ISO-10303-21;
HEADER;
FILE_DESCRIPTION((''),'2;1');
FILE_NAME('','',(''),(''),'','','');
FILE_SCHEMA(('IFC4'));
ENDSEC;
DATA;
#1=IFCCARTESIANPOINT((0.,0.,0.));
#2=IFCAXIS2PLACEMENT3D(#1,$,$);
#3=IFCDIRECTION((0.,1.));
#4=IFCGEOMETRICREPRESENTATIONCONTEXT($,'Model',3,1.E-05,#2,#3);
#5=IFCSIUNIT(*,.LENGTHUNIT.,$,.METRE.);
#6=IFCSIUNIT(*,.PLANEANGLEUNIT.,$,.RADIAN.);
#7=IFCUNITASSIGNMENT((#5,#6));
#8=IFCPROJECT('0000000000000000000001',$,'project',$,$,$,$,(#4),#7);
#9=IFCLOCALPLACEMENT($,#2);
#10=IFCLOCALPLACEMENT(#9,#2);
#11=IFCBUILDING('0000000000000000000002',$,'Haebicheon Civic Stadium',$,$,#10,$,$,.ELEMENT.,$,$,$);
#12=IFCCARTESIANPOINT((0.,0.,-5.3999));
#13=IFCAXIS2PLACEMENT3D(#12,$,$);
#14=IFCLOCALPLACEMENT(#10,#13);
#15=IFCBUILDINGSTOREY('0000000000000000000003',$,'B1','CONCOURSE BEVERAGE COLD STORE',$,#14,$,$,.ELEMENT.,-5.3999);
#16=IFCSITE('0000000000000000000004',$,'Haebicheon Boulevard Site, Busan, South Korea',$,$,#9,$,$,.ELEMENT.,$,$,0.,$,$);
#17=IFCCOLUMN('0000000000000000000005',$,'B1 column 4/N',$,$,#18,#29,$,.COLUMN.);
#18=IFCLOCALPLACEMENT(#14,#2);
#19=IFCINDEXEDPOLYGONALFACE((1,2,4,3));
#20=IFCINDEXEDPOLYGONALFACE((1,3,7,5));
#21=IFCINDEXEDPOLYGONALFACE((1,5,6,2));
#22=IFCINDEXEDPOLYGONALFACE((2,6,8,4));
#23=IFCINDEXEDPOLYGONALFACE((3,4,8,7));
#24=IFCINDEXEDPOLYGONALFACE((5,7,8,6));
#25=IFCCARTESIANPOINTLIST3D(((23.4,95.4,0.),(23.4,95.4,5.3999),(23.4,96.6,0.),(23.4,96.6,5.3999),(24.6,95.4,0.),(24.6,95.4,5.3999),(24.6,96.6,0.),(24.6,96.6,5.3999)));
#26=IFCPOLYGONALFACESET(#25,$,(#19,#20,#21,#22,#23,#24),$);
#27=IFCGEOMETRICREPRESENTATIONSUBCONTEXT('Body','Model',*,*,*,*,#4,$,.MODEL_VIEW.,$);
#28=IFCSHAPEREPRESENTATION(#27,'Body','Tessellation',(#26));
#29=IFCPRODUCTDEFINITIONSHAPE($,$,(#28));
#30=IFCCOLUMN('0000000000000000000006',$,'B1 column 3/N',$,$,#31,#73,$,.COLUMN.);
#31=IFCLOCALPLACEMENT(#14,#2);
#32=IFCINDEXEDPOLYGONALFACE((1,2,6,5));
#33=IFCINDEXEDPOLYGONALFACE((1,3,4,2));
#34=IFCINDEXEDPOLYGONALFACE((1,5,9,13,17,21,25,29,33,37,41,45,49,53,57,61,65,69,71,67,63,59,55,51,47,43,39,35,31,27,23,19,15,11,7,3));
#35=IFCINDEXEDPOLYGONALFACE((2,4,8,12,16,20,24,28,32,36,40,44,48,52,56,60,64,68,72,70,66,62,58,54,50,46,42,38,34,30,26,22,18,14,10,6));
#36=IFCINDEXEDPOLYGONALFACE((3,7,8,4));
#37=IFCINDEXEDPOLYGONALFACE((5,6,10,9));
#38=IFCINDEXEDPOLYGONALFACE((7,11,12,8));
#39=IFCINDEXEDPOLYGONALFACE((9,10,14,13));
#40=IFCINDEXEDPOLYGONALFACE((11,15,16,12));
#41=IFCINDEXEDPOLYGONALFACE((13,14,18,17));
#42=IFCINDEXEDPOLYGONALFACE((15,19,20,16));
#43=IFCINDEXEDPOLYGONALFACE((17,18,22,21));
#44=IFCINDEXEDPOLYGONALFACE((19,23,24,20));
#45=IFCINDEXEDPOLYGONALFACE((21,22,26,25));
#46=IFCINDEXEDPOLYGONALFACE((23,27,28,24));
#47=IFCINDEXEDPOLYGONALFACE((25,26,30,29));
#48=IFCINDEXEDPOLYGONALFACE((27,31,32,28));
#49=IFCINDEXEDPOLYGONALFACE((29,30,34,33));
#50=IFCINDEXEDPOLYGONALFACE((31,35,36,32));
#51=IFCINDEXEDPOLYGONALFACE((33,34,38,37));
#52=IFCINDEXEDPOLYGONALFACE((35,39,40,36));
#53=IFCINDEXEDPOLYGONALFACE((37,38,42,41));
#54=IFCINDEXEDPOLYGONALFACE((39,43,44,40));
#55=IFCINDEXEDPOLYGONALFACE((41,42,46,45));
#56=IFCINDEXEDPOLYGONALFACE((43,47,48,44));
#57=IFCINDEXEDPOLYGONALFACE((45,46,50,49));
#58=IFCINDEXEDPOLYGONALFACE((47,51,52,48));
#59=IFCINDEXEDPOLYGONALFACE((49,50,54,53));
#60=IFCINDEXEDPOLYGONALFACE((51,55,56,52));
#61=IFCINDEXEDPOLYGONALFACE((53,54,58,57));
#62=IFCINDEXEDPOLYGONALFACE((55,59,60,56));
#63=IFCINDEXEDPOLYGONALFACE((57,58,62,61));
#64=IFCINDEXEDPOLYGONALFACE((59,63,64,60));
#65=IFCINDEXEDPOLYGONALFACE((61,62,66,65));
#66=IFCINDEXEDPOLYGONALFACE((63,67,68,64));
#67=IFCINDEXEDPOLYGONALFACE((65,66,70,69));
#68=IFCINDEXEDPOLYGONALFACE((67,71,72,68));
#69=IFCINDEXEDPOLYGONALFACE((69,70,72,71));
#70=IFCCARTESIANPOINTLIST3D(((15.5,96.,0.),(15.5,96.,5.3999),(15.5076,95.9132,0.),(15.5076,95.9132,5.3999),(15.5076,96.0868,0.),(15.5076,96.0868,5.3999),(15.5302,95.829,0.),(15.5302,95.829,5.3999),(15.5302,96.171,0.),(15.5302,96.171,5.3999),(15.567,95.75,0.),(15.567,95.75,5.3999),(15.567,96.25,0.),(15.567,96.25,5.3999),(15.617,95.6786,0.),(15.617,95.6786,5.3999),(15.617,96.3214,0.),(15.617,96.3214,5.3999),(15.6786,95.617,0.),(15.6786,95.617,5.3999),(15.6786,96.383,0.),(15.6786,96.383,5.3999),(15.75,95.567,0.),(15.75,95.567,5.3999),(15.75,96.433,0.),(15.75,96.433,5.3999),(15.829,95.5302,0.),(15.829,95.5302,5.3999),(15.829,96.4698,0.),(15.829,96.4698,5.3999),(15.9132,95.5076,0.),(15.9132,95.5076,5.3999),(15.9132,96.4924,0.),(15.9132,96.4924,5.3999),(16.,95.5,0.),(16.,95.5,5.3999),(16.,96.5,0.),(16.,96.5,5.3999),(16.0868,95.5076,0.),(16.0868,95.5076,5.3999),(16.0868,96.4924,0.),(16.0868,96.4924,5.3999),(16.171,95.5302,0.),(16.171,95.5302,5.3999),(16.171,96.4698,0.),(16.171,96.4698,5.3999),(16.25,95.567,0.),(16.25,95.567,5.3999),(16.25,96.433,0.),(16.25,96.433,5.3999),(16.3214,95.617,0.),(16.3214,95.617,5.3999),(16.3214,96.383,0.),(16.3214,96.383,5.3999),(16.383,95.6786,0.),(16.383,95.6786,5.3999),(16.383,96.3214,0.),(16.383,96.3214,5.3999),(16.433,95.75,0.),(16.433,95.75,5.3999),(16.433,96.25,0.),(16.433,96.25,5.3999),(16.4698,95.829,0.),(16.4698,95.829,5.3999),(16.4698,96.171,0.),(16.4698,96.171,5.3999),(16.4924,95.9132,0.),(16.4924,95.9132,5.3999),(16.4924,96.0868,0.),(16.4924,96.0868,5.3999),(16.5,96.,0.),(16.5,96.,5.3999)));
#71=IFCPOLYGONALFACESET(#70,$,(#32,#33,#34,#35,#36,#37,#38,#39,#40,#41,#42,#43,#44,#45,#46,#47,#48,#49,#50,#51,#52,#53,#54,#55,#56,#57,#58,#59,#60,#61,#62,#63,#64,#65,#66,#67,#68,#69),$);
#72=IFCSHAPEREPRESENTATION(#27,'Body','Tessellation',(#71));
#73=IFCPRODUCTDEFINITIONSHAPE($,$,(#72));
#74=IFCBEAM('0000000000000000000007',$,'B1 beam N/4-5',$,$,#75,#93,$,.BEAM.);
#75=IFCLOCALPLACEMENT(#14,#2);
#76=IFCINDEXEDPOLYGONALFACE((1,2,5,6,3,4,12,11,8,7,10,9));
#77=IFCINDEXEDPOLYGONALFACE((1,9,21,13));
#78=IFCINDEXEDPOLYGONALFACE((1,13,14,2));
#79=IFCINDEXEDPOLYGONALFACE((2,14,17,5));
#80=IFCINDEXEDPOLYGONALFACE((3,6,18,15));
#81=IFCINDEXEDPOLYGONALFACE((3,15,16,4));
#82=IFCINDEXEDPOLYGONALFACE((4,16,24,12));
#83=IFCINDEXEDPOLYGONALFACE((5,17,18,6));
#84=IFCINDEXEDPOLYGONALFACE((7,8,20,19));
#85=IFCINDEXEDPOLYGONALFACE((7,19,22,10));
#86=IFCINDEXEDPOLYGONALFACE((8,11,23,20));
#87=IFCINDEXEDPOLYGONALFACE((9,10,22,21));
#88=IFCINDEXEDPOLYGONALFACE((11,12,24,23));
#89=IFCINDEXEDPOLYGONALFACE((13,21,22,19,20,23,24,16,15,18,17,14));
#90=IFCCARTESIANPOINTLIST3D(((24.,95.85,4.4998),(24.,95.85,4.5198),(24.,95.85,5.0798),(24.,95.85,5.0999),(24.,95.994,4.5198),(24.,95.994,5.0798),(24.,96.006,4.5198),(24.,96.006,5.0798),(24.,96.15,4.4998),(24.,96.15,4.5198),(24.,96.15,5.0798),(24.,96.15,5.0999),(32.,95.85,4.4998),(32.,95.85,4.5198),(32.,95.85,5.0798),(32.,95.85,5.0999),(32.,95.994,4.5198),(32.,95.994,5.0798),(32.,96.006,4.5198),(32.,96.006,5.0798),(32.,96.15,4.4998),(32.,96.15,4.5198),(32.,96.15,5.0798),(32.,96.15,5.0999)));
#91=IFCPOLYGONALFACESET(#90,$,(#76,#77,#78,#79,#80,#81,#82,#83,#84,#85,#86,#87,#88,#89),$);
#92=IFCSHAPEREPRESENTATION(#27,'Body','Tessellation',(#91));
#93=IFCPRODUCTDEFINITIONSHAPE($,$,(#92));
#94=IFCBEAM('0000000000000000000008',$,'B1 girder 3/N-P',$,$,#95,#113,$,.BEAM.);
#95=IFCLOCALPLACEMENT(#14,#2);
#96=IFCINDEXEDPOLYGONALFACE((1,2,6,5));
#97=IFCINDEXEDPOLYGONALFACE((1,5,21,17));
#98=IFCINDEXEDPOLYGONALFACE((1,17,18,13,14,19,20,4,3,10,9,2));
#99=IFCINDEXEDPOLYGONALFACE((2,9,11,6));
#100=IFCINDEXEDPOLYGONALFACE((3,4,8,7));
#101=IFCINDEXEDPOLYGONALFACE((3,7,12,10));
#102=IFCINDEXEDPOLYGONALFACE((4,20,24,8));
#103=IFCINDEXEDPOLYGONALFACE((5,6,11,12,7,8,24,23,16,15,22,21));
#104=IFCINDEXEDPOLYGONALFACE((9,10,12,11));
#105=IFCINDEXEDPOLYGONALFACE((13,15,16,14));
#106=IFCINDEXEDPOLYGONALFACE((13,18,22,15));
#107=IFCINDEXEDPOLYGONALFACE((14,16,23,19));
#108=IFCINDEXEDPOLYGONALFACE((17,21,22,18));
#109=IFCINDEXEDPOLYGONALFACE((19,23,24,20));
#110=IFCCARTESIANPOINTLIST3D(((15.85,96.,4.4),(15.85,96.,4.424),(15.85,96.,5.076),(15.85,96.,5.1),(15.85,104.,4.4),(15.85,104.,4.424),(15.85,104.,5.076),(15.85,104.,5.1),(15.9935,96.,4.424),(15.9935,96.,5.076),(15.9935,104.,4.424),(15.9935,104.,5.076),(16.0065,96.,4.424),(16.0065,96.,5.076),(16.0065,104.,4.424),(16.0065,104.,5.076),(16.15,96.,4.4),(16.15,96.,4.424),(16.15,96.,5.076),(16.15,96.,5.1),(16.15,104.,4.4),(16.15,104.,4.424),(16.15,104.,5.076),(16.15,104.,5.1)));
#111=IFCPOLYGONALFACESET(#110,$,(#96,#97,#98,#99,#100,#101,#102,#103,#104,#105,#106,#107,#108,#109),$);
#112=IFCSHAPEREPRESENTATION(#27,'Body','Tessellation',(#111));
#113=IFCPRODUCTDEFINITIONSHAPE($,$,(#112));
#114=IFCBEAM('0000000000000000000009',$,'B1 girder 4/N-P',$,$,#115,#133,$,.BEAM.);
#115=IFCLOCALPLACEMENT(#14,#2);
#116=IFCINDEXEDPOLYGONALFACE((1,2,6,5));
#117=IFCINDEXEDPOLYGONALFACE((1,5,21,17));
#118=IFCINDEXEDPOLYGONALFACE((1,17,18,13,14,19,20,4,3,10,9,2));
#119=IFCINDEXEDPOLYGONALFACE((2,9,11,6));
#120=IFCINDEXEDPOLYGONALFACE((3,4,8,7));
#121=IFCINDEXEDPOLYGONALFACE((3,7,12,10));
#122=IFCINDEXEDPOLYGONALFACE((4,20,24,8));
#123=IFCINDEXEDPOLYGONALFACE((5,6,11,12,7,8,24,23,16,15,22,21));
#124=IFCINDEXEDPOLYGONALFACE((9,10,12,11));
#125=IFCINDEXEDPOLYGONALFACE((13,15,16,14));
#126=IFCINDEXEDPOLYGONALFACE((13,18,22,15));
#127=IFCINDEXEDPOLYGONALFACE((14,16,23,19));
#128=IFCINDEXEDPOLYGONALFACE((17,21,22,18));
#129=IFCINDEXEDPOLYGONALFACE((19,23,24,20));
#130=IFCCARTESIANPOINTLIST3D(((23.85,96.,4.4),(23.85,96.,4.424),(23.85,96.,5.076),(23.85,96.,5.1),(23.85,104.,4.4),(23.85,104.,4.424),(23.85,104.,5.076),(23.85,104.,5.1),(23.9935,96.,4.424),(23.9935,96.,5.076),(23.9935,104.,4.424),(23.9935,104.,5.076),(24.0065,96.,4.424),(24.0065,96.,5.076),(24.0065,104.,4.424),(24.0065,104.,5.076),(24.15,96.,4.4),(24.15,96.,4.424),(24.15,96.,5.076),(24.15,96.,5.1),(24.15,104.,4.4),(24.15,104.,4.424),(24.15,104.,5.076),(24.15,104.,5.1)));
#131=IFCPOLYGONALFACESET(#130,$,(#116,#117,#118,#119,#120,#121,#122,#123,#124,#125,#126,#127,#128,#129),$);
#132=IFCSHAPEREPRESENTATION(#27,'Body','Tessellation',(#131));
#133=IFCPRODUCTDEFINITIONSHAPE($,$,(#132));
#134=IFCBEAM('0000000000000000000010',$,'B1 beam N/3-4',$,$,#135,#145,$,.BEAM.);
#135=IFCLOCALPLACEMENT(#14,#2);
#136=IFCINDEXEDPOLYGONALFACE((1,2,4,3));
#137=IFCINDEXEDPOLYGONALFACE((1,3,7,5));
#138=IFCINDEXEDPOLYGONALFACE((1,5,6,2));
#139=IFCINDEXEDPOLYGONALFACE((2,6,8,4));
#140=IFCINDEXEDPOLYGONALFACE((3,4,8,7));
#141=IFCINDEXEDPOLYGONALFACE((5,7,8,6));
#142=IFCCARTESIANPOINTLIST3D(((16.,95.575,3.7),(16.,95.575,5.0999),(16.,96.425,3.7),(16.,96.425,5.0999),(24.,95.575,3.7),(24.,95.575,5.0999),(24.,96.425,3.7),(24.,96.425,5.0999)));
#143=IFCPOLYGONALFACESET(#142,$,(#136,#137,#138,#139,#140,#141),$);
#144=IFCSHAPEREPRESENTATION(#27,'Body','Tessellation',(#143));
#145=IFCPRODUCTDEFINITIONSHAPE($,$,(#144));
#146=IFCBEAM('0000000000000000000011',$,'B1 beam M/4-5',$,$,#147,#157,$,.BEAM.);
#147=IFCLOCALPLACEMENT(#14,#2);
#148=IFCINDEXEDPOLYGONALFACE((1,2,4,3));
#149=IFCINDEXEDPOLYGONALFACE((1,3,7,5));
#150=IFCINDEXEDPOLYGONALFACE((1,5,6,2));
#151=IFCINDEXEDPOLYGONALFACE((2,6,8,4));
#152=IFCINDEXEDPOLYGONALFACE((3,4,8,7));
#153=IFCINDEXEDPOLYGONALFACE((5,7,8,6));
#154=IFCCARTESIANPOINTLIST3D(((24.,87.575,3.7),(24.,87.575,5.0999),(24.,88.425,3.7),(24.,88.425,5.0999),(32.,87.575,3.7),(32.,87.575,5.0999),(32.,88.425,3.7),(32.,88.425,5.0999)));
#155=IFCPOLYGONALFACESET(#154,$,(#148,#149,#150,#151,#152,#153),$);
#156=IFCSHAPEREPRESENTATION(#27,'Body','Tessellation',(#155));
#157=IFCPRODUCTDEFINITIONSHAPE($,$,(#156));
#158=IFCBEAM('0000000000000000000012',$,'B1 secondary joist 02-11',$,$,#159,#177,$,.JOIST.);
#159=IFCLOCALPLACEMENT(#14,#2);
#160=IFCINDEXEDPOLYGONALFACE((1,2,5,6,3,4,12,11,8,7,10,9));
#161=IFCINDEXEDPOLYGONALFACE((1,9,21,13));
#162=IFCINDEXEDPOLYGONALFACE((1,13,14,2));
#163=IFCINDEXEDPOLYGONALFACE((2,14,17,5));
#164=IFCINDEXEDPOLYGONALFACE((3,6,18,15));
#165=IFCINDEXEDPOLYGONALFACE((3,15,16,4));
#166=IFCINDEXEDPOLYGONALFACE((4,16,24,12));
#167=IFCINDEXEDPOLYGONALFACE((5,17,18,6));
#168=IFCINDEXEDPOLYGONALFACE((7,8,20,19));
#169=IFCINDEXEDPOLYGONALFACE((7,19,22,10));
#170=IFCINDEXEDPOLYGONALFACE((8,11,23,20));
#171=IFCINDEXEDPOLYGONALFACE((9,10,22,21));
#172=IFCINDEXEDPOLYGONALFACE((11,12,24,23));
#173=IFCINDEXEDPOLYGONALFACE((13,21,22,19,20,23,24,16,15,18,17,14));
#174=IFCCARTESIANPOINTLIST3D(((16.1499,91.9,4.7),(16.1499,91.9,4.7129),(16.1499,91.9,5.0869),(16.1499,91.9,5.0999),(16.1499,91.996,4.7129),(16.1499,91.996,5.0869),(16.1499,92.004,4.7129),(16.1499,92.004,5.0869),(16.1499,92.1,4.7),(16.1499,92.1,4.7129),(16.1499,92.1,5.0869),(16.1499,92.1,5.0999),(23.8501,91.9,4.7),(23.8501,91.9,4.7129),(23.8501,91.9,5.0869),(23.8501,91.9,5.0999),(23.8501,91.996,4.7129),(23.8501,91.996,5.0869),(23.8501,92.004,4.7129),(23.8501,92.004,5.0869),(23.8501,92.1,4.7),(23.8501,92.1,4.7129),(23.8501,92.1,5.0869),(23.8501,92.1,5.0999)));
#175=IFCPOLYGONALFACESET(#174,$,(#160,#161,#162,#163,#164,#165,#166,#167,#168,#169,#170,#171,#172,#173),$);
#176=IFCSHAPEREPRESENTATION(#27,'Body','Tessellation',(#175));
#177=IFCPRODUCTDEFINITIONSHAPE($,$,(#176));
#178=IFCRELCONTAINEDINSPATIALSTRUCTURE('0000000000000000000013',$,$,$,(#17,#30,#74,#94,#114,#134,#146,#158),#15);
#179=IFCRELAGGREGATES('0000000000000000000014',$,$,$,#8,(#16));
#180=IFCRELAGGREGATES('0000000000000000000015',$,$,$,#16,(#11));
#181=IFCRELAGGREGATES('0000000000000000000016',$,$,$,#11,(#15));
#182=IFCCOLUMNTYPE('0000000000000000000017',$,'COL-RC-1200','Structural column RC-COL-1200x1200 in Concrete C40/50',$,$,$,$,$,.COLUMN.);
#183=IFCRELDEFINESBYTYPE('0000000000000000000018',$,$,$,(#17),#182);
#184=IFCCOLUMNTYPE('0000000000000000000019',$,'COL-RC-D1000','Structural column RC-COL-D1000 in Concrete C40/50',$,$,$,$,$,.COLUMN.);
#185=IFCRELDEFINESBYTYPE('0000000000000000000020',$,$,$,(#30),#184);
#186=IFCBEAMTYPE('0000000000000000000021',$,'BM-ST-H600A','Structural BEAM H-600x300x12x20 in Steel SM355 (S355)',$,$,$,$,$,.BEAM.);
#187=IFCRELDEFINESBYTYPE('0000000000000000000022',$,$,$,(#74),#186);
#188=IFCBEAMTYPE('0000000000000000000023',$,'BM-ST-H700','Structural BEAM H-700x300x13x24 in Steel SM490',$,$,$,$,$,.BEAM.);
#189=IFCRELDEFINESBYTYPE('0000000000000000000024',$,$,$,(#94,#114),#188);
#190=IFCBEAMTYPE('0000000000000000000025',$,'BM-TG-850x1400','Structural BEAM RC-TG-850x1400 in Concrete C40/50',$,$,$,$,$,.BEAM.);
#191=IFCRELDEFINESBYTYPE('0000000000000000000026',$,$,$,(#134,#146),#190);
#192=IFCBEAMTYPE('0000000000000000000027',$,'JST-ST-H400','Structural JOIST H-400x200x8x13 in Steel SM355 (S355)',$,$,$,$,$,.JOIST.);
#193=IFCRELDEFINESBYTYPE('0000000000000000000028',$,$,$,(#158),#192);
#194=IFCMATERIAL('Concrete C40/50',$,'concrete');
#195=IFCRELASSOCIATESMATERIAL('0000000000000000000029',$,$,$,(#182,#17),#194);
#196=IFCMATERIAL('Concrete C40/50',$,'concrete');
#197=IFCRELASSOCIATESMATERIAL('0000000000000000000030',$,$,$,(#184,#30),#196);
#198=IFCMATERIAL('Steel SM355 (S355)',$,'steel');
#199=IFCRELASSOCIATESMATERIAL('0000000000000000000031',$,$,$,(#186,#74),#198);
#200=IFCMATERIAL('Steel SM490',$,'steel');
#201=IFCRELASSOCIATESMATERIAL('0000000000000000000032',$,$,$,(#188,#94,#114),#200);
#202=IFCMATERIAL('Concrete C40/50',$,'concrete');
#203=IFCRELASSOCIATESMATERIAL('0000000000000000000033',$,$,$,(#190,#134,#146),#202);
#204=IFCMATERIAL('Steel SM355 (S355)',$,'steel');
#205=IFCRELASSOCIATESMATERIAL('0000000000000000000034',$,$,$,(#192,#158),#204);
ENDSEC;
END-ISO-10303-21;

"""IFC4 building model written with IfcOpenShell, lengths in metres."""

from ifc_helpers import new_model, si_unit, direction, frame, origin, origin_2d, place, context, subcontext, project, spatial, rectangle, circle, i_section, extrude, material, material_profile, profile_set, type_object, element, save


model = new_model("IFC4")

# Units and contexts
model_context = context("Model", 3, precision=1e-05, world=origin(), true_north=direction((0.0, 1.0)))
body_context = subcontext(model_context, "Body", "Model", "MODEL_VIEW")
ifc_project = project(units=[si_unit("LENGTHUNIT", "METRE"), si_unit("PLANEANGLEUNIT", "RADIAN")], contexts=[model_context])

# Site, building, storey
site_placement = place(None, origin())
site = spatial("IfcSite", under=ifc_project, at=site_placement, Name="Haebicheon Boulevard Site, Busan, South Korea", CompositionType="ELEMENT", RefElevation=0.0)
building_placement = place(site_placement, origin())
building = spatial("IfcBuilding", under=site, at=building_placement, Name="Haebicheon Civic Stadium", CompositionType="ELEMENT")
storey_placement = place(building_placement, frame((0.0, 0.0, -5.3999)))
storey = spatial("IfcBuildingStorey", under=building, at=storey_placement, Name="B1", Description="CONCOURSE BEVERAGE COLD STORE", CompositionType="ELEMENT", Elevation=-5.3999)

# Columns
ifc_material_1 = material(Name="Concrete C40/50", Category="concrete")
ifc_material_profile_1 = material_profile(ifc_material_1, rectangle(XDim=1.2, YDim=1.2, at=origin_2d()), Name="RC-COL-1200x1200")
ifc_profile_set_1 = profile_set([ifc_material_profile_1], Name="Concrete C40/50")
column_type_1 = type_object("IfcColumnType", Name="COL-RC-1200", Description="Structural column RC-COL-1200x1200 in Concrete C40/50", PredefinedType="COLUMN", material=ifc_profile_set_1)
column_1_placement = place(storey_placement, frame((24.0, 96.0, 0.0), z_axis=(0.0, 0.0, 1.0), x_axis=(1.0, 0.0, 0.0)))
element("IfcColumn", 1, at=column_1_placement, inside=storey, type_object=column_type_1, material=ifc_profile_set_1, Name="B1 column 4/N", PredefinedType="COLUMN", context=body_context, shape_type="SweptSolid", body=[
    extrude(rectangle(XDim=1.2, YDim=1.2, at=origin_2d()), origin(), (0.0, 0.0, 1.0), 5.3999),
])
ifc_material_2 = material(Name="Concrete C40/50", Category="concrete")
ifc_material_profile_2 = material_profile(ifc_material_2, circle(Radius=0.5, at=origin_2d()), Name="RC-COL-D1000")
ifc_profile_set_2 = profile_set([ifc_material_profile_2], Name="Concrete C40/50")
column_type_2 = type_object("IfcColumnType", Name="COL-RC-D1000", Description="Structural column RC-COL-D1000 in Concrete C40/50", PredefinedType="COLUMN", material=ifc_profile_set_2)
column_2_placement = place(storey_placement, frame((16.0, 96.0, 0.0), z_axis=(0.0, 0.0, 1.0), x_axis=(1.0, 0.0, 0.0)))
element("IfcColumn", 2, at=column_2_placement, inside=storey, type_object=column_type_2, material=ifc_profile_set_2, Name="B1 column 3/N", PredefinedType="COLUMN", context=body_context, shape_type="SweptSolid", body=[
    extrude(circle(Radius=0.5, at=origin_2d()), origin(), (0.0, 0.0, 1.0), 5.3999),
])

# Beams
ifc_material_3 = material(Name="Steel SM355 (S355)", Category="steel")
ifc_material_profile_3 = material_profile(ifc_material_3, i_section(OverallWidth=0.3, OverallDepth=0.6001, WebThickness=0.012, FlangeThickness=0.02, at=origin_2d()), Name="H-600x300x12x20")
ifc_profile_set_3 = profile_set([ifc_material_profile_3], Name="Steel SM355 (S355)")
beam_type_1 = type_object("IfcBeamType", Name="BM-ST-H600A", Description="Structural BEAM H-600x300x12x20 in Steel SM355 (S355)", PredefinedType="BEAM", material=ifc_profile_set_3)
beam_placement = place(storey_placement, frame((24.0, 96.0, 4.7998), z_axis=(1.0, 0.0, 0.0), x_axis=(0.0, 1.0, 0.0)))
element("IfcBeam", 3, at=beam_placement, inside=storey, type_object=beam_type_1, material=ifc_profile_set_3, Name="B1 beam N/4-5", PredefinedType="BEAM", context=body_context, shape_type="SweptSolid", body=[
    extrude(i_section(OverallWidth=0.3, OverallDepth=0.6001, WebThickness=0.012, FlangeThickness=0.02, at=origin_2d()), origin(), (0.0, 0.0, 1.0), 8.0),
])
ifc_material_4 = material(Name="Steel SM490", Category="steel")
ifc_material_profile_4 = material_profile(ifc_material_4, i_section(OverallWidth=0.3, OverallDepth=0.7, WebThickness=0.0129, FlangeThickness=0.0239, at=origin_2d()), Name="H-700x300x13x24")
ifc_profile_set_4 = profile_set([ifc_material_profile_4], Name="Steel SM490")
beam_type_2 = type_object("IfcBeamType", Name="BM-ST-H700", Description="Structural BEAM H-700x300x13x24 in Steel SM490", PredefinedType="BEAM", material=ifc_profile_set_4)
for number, where, z_axis, x_axis, name in (
    (4, (16.0, 96.0, 4.75), (0.0, 1.0, 0.0), (-1.0, 0.0, 0.0), "B1 girder 3/N-P"),
    (5, (24.0, 96.0, 4.75), (0.0, 1.0, 0.0), (-1.0, 0.0, 0.0), "B1 girder 4/N-P"),
):
    element("IfcBeam", number, at=place(storey_placement, frame(where, z_axis=z_axis, x_axis=x_axis)), inside=storey, type_object=beam_type_2, material=ifc_profile_set_4, Name=name, PredefinedType="BEAM", context=body_context, shape_type="SweptSolid", body=[
        extrude(i_section(OverallWidth=0.3, OverallDepth=0.7, WebThickness=0.0129, FlangeThickness=0.0239, at=origin_2d()), origin(), (0.0, 0.0, 1.0), 8.0),
    ])
ifc_material_5 = material(Name="Concrete C40/50", Category="concrete")
ifc_material_profile_5 = material_profile(ifc_material_5, rectangle(XDim=0.8501, YDim=1.3999, at=origin_2d()), Name="RC-TG-850x1400")
ifc_profile_set_5 = profile_set([ifc_material_profile_5], Name="Concrete C40/50")
beam_type_3 = type_object("IfcBeamType", Name="BM-TG-850x1400", Description="Structural BEAM RC-TG-850x1400 in Concrete C40/50", PredefinedType="BEAM", material=ifc_profile_set_5)
for number, where, z_axis, x_axis, name in (
    (6, (16.0, 96.0, 4.3999), (1.0, 0.0, 0.0), (0.0, 1.0, 0.0), "B1 beam N/3-4"),
    (7, (24.0, 88.0, 4.3999), (1.0, 0.0, 0.0), (0.0, 1.0, 0.0), "B1 beam M/4-5"),
):
    element("IfcBeam", number, at=place(storey_placement, frame(where, z_axis=z_axis, x_axis=x_axis)), inside=storey, type_object=beam_type_3, material=ifc_profile_set_5, Name=name, PredefinedType="BEAM", context=body_context, shape_type="SweptSolid", body=[
        extrude(rectangle(XDim=0.8501, YDim=1.3999, at=origin_2d()), origin(), (0.0, 0.0, 1.0), 8.0),
    ])
ifc_material_6 = material(Name="Steel SM355 (S355)", Category="steel")
ifc_material_profile_6 = material_profile(ifc_material_6, i_section(OverallWidth=0.2, OverallDepth=0.3999, WebThickness=0.0081, FlangeThickness=0.0129, at=origin_2d()), Name="H-400x200x8x13")
ifc_profile_set_6 = profile_set([ifc_material_profile_6], Name="Steel SM355 (S355)")
beam_type_4 = type_object("IfcBeamType", Name="JST-ST-H400", Description="Structural JOIST H-400x200x8x13 in Steel SM355 (S355)", PredefinedType="JOIST", material=ifc_profile_set_6)
for number, where, z_axis, x_axis, name in (
    (8, (16.1499, 92.0, 4.8999), (1.0, 0.0, 0.0), (0.0, 1.0, 0.0), "B1 secondary joist 02-11"),
):
    element("IfcBeam", number, at=place(storey_placement, frame(where, z_axis=z_axis, x_axis=x_axis)), inside=storey, type_object=beam_type_4, material=ifc_profile_set_6, Name=name, PredefinedType="JOIST", context=body_context, shape_type="SweptSolid", body=[
        extrude(i_section(OverallWidth=0.2, OverallDepth=0.3999, WebThickness=0.0081, FlangeThickness=0.0129, at=origin_2d()), origin(), (0.0, 0.0, 1.0), 7.7002),
    ])

save(model, "model.ifc")
